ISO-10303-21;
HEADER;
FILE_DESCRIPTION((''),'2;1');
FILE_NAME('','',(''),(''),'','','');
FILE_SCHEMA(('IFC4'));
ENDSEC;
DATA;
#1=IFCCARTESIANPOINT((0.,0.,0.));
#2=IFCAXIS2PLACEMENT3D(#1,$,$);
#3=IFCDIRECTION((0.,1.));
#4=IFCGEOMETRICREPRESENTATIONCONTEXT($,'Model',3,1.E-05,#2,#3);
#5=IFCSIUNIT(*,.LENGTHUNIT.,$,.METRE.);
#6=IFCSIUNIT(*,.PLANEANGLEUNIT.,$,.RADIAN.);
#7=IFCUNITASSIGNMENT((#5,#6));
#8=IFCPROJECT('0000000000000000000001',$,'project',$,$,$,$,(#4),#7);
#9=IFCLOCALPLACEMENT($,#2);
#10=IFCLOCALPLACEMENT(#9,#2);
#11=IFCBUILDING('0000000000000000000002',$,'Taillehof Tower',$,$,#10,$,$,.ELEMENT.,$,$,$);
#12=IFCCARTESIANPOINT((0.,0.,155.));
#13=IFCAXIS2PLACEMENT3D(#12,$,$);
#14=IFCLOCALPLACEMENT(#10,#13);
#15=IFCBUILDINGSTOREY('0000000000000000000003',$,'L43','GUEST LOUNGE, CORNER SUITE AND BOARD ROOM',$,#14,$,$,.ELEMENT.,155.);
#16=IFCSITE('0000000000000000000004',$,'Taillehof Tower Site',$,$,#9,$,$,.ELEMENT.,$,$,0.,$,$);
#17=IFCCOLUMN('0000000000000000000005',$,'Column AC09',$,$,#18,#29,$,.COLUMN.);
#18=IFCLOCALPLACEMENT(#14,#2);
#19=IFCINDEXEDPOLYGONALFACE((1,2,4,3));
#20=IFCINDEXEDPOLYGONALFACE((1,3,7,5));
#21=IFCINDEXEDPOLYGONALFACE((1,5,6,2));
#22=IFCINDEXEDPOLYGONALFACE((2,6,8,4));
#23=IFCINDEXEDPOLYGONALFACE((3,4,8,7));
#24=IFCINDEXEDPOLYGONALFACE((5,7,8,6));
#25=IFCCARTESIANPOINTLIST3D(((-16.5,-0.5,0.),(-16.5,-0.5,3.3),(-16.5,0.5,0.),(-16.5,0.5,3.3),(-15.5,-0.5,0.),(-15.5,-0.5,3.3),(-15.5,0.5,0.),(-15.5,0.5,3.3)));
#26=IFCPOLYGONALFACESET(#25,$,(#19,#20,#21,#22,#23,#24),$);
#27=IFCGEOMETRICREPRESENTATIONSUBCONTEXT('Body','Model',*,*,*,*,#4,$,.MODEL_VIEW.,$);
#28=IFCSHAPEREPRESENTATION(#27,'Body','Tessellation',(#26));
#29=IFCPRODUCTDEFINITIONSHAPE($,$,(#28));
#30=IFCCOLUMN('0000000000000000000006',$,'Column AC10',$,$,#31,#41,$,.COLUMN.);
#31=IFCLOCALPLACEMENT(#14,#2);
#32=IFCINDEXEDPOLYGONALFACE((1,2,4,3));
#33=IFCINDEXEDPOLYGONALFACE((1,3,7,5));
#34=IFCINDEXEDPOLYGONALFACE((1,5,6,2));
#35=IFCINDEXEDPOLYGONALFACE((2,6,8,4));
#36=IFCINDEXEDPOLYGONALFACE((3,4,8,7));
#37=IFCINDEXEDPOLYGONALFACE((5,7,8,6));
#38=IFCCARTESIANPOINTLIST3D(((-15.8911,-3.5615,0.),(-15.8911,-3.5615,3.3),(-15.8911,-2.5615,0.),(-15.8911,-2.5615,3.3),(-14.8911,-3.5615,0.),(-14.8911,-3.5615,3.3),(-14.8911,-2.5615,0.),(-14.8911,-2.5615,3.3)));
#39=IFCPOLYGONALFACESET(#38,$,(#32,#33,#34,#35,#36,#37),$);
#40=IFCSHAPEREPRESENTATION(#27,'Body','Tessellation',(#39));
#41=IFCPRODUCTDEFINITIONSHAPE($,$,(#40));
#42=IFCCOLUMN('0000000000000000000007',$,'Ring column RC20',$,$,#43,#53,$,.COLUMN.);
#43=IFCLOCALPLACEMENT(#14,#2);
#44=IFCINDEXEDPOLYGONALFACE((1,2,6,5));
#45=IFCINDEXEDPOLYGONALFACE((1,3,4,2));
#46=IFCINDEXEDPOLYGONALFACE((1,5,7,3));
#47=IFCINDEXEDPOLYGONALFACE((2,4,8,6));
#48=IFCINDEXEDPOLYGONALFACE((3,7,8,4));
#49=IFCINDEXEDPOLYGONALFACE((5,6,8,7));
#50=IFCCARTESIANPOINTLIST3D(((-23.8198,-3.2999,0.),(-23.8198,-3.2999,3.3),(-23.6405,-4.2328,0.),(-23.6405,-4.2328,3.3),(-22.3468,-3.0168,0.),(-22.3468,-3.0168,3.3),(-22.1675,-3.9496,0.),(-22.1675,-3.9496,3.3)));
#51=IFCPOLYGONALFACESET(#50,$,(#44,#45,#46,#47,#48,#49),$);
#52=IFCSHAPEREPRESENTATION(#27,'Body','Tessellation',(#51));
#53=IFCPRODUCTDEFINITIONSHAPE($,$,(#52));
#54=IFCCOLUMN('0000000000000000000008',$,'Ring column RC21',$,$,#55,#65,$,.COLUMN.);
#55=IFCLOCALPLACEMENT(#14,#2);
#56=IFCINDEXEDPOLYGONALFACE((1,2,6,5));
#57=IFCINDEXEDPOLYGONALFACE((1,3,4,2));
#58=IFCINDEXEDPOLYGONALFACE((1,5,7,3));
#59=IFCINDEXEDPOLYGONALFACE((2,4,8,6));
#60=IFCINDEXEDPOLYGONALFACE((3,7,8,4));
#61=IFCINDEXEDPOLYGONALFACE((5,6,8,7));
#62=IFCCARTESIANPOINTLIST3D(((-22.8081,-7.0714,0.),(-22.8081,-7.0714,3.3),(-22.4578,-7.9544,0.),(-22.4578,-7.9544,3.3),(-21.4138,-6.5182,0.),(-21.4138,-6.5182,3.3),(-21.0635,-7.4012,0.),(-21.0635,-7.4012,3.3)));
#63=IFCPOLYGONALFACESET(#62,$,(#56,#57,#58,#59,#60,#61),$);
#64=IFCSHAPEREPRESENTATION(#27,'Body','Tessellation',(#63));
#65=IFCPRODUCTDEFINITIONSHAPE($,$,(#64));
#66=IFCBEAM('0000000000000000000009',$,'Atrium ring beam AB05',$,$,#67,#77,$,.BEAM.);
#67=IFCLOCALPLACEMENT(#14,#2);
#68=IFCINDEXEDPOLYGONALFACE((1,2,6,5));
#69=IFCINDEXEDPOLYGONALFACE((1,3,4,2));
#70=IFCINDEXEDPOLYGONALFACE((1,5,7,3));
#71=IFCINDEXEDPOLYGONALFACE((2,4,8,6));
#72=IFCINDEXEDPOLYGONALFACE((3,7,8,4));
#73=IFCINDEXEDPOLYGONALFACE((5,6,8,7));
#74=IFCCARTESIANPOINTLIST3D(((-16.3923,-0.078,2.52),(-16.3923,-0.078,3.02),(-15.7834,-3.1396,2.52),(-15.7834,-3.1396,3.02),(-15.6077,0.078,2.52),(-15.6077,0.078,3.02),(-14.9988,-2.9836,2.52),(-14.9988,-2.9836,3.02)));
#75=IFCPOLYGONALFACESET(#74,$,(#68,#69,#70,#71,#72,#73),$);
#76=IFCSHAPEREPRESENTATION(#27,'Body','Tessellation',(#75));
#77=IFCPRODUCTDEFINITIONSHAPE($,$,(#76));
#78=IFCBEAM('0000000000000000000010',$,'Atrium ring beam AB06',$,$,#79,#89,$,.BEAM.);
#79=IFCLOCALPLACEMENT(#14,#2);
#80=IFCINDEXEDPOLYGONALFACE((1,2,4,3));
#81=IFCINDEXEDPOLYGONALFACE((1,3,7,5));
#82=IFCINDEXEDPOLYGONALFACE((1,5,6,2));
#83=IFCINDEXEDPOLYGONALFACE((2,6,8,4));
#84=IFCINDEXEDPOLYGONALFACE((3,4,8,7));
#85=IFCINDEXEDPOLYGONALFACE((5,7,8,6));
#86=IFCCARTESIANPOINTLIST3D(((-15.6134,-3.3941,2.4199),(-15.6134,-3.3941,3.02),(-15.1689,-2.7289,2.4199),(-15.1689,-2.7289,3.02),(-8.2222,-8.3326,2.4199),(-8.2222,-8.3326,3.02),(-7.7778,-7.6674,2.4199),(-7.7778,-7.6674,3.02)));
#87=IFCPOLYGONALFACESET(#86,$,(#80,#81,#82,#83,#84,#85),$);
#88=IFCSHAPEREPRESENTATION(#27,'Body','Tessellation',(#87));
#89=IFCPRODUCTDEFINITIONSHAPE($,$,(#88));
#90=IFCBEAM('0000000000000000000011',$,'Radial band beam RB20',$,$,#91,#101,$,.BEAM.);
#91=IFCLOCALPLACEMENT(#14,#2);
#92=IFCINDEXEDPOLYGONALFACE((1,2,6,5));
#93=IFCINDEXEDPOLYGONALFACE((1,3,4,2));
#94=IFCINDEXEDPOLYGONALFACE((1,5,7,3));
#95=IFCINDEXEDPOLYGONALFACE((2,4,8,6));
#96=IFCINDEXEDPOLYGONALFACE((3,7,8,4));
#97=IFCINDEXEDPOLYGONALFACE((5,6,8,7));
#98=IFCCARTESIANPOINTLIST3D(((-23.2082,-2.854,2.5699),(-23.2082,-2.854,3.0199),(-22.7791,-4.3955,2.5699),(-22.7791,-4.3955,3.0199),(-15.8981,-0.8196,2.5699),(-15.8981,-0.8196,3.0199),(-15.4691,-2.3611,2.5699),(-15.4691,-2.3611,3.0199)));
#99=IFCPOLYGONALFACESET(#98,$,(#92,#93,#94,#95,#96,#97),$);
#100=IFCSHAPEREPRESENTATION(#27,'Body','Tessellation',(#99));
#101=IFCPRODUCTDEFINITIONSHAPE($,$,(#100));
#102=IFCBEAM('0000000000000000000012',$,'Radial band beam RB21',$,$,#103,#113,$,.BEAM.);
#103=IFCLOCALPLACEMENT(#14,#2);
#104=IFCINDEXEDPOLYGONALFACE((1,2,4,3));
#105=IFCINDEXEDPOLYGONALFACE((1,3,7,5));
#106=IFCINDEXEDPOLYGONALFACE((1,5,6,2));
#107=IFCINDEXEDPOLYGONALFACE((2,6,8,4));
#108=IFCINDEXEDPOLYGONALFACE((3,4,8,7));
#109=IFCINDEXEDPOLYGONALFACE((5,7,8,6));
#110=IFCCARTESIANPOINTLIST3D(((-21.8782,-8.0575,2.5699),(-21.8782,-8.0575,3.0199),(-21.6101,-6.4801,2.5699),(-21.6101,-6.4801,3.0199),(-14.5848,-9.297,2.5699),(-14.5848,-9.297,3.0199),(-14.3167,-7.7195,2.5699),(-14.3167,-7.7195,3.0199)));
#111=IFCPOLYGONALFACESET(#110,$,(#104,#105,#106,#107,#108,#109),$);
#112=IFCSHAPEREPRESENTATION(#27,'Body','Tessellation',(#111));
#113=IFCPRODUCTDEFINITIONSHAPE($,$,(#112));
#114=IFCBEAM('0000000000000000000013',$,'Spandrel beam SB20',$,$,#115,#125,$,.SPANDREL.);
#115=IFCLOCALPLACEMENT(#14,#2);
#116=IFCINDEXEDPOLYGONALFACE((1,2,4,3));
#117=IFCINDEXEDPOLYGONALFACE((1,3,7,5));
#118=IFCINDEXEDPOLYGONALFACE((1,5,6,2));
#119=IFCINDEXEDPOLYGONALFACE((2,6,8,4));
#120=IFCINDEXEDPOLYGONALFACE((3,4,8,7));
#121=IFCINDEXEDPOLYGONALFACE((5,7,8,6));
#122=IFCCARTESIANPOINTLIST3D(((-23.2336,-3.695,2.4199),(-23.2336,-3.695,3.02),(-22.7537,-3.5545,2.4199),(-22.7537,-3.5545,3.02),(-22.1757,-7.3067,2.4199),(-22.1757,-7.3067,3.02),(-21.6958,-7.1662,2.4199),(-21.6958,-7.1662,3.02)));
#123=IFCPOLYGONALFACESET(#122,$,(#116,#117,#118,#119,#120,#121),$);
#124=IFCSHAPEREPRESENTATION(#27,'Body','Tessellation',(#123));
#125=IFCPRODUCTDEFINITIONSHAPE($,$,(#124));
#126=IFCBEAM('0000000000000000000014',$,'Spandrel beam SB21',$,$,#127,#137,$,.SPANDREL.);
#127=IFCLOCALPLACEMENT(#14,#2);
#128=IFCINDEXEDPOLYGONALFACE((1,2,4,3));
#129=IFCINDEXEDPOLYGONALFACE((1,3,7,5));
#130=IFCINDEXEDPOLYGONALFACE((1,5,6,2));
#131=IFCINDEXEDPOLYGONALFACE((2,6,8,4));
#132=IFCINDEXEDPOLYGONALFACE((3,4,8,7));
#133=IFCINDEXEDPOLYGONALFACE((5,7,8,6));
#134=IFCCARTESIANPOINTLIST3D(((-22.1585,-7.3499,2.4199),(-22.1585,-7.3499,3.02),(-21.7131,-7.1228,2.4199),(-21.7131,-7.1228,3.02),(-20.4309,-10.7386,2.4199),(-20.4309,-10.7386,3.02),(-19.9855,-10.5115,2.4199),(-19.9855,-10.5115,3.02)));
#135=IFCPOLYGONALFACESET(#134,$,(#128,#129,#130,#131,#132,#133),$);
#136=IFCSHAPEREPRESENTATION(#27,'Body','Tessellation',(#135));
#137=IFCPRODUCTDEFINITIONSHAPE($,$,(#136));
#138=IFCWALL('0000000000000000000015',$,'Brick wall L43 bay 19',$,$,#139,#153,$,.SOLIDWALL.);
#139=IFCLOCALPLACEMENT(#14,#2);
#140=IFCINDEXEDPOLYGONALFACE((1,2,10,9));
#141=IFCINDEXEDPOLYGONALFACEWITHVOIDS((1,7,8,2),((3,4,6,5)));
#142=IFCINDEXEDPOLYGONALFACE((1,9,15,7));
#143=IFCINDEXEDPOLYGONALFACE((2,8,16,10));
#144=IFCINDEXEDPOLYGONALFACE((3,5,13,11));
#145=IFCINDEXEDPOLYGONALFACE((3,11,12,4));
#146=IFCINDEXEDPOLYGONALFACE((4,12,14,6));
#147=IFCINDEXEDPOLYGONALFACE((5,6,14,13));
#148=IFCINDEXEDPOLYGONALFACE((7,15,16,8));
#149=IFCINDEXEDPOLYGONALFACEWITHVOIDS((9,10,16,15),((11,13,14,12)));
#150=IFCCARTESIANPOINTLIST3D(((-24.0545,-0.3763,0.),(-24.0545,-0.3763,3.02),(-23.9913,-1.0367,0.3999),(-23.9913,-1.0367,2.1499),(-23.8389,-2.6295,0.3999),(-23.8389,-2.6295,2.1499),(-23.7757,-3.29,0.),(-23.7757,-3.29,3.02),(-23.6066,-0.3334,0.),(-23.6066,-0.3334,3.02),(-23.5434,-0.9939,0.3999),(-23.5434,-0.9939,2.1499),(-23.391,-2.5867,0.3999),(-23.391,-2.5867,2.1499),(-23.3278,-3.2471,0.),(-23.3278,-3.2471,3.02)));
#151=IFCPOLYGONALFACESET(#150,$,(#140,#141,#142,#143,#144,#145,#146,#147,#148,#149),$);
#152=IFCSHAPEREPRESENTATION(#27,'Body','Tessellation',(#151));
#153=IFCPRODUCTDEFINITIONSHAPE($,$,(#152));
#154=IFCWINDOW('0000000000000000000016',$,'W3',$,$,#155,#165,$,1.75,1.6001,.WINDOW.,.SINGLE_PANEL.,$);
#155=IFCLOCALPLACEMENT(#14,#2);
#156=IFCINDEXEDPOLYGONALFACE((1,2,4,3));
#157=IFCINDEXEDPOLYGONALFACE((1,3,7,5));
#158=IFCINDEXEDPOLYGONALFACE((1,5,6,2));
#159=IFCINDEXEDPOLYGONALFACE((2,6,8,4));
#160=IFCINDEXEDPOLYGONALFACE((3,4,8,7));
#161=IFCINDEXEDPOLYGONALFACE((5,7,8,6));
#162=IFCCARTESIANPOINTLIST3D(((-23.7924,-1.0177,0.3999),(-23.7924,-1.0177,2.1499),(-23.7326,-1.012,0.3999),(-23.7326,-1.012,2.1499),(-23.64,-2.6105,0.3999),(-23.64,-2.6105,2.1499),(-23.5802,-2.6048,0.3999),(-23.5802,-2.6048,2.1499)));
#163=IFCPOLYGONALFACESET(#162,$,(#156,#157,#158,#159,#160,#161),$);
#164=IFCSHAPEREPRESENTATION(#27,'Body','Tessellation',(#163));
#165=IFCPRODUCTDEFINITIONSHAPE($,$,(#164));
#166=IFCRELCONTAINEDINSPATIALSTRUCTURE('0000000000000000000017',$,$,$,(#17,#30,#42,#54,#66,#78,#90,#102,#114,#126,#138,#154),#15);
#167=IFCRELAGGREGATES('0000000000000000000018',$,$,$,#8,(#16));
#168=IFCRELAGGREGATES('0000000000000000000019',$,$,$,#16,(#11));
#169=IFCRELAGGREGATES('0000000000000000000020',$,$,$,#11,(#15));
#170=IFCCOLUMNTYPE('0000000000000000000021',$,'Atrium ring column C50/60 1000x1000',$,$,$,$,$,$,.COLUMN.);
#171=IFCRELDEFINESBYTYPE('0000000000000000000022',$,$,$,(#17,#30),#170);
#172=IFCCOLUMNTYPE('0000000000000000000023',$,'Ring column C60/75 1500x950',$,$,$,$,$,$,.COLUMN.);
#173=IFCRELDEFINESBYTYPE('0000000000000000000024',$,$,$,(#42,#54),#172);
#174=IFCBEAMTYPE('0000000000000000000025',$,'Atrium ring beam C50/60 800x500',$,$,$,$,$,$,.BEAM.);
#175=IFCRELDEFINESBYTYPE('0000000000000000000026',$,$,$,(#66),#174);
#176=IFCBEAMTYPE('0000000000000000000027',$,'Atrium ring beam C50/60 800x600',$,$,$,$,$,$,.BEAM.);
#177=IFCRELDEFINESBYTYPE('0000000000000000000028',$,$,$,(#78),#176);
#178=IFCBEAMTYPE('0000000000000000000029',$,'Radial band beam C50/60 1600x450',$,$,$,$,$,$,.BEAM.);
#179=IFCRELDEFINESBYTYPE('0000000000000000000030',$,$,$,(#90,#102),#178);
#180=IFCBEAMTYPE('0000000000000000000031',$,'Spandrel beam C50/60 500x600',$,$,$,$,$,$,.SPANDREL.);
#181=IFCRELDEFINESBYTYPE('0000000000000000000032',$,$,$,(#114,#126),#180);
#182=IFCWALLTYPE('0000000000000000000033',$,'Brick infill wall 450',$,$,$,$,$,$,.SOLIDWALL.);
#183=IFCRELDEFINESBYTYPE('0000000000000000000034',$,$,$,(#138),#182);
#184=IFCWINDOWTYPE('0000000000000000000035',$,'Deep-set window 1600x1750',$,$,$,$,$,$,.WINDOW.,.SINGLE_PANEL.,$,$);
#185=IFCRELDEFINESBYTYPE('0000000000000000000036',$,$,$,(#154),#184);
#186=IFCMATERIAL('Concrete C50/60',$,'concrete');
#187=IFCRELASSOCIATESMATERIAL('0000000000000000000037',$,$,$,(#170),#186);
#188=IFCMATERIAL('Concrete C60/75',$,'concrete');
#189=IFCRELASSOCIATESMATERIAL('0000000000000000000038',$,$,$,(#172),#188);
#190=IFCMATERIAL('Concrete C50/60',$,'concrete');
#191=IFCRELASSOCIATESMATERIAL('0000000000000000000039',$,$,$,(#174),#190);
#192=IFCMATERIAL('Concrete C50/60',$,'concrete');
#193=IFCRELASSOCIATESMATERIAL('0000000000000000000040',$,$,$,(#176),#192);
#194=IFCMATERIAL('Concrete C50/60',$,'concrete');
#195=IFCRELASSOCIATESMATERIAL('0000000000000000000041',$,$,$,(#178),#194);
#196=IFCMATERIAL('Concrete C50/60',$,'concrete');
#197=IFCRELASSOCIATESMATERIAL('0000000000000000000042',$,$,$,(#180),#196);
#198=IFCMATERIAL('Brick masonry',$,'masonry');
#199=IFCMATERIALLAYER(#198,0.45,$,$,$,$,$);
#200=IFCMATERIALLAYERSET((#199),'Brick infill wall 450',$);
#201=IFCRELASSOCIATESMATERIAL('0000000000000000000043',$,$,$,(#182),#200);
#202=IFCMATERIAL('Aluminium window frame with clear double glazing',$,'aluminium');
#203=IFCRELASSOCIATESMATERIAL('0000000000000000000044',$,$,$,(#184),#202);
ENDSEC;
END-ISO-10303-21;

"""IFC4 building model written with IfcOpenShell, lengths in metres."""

from ifc_helpers import new_model, si_unit, direction, frame, frame_2d, origin, origin_2d, place, context, subcontext, project, spatial, rectangle, extrude, material, layer, layer_set, material_profile, profile_set, type_object, element, fill, save


model = new_model("IFC4")

# Units and contexts
model_context = context("Model", 3, precision=1e-05, world=origin(), true_north=direction((0.0, 1.0)))
body_context = subcontext(model_context, "Body", "Model", "MODEL_VIEW")
ifc_project = project(units=[si_unit("LENGTHUNIT", "METRE"), si_unit("PLANEANGLEUNIT", "RADIAN")], contexts=[model_context])

# Site, building, storey
site_placement = place(None, origin())
site = spatial("IfcSite", under=ifc_project, at=site_placement, Name="Taillehof Tower Site", CompositionType="ELEMENT", RefElevation=0.0)
building_placement = place(site_placement, origin())
building = spatial("IfcBuilding", under=site, at=building_placement, Name="Taillehof Tower", CompositionType="ELEMENT")
storey_placement = place(building_placement, frame((0.0, 0.0, 155.0)))
storey = spatial("IfcBuildingStorey", under=building, at=storey_placement, Name="L43", Description="GUEST LOUNGE, CORNER SUITE AND BOARD ROOM", CompositionType="ELEMENT", Elevation=155.0)

# Columns
ifc_material_1 = material(Name="Concrete C50/60", Category="concrete")
ifc_material_profile_1 = material_profile(ifc_material_1, rectangle(XDim=1.0, YDim=1.0, at=origin_2d()), Name="RC 1000x1000")
ifc_profile_set_1 = profile_set([ifc_material_profile_1], Name="Concrete C50/60")
column_type_1 = type_object("IfcColumnType", Name="Atrium ring column C50/60 1000x1000", PredefinedType="COLUMN", material=ifc_profile_set_1)
for number, where, z_axis, x_axis, name in (
    (1, (-16.0, 0.0, 0.0), (0.0, 0.0, 1.0), (1.0, 0.0, 0.0), "Column AC09"),
    (2, (-15.3911, -3.0615, 0.0), (0.0, 0.0, 1.0), (1.0, 0.0, 0.0), "Column AC10"),
):
    element("IfcColumn", number, at=place(storey_placement, frame(where, z_axis=z_axis, x_axis=x_axis)), inside=storey, type_object=column_type_1, Name=name, PredefinedType="COLUMN", context=body_context, shape_type="SweptSolid", body=[
        extrude(rectangle(XDim=1.0, YDim=1.0, at=origin_2d()), origin(), (0.0, 0.0, 1.0), 3.3),
    ])
ifc_material_2 = material(Name="Concrete C60/75", Category="concrete")
ifc_material_profile_2 = material_profile(ifc_material_2, rectangle(XDim=1.5, YDim=0.95, at=origin_2d()), Name="RC 1500x950")
ifc_profile_set_2 = profile_set([ifc_material_profile_2], Name="Concrete C60/75")
column_type_2 = type_object("IfcColumnType", Name="Ring column C60/75 1500x950", PredefinedType="COLUMN", material=ifc_profile_set_2)
for number, where, z_axis, x_axis, name in (
    (3, (-22.9937, -3.6248, 0.0), (0.0, 0.0, 1.0), (-0.982024, -0.188757, 0.0), "Ring column RC20"),
    (4, (-21.9358, -7.2363, 0.0), (0.0, 0.0, 1.0), (-0.929511, -0.368793, 0.0), "Ring column RC21"),
):
    element("IfcColumn", number, at=place(storey_placement, frame(where, z_axis=z_axis, x_axis=x_axis)), inside=storey, type_object=column_type_2, Name=name, PredefinedType="COLUMN", context=body_context, shape_type="SweptSolid", body=[
        extrude(rectangle(XDim=1.5, YDim=0.95, at=origin_2d()), origin(), (0.0, 0.0, 1.0), 3.3),
    ])

# Beams
ifc_material_3 = material(Name="Concrete C50/60", Category="concrete")
ifc_material_profile_3 = material_profile(ifc_material_3, rectangle(XDim=0.8, YDim=0.5, at=origin_2d()), Name="RC 800x500")
ifc_profile_set_3 = profile_set([ifc_material_profile_3], Name="Concrete C50/60")
beam_type_1 = type_object("IfcBeamType", Name="Atrium ring beam C50/60 800x500", PredefinedType="BEAM", material=ifc_profile_set_3)
beam_1_placement = place(storey_placement, frame((-16.0, 0.0, 2.77), z_axis=(0.195063, -0.980791, 0.0), x_axis=(0.980791, 0.195063, 0.0)))
element("IfcBeam", 5, at=beam_1_placement, inside=storey, type_object=beam_type_1, Name="Atrium ring beam AB05", PredefinedType="BEAM", context=body_context, shape_type="SweptSolid", body=[
    extrude(rectangle(XDim=0.8, YDim=0.5, at=origin_2d()), origin(), (0.0, 0.0, 1.0), 3.1216),
])
ifc_material_4 = material(Name="Concrete C50/60", Category="concrete")
ifc_material_profile_4 = material_profile(ifc_material_4, rectangle(XDim=0.8, YDim=0.6001, at=origin_2d()), Name="RC 800x600")
ifc_profile_set_4 = profile_set([ifc_material_profile_4], Name="Concrete C50/60")
beam_type_2 = type_object("IfcBeamType", Name="Atrium ring beam C50/60 800x600", PredefinedType="BEAM", material=ifc_profile_set_4)
beam_2_placement = place(storey_placement, frame((-15.3911, -3.0615, 2.72), z_axis=(0.831475, -0.555562, 0.0), x_axis=(0.555562, 0.831475, 0.0)))
element("IfcBeam", 6, at=beam_2_placement, inside=storey, type_object=beam_type_2, Name="Atrium ring beam AB06", PredefinedType="BEAM", context=body_context, shape_type="SweptSolid", body=[
    extrude(rectangle(XDim=0.8, YDim=0.6001, at=origin_2d()), origin(), (0.0, 0.0, 1.0), 8.8892),
])
ifc_material_5 = material(Name="Concrete C50/60", Category="concrete")
ifc_material_profile_5 = material_profile(ifc_material_5, rectangle(XDim=1.6001, YDim=0.45, at=origin_2d()), Name="RC 1600x450")
ifc_profile_set_5 = profile_set([ifc_material_profile_5], Name="Concrete C50/60")
beam_type_3 = type_object("IfcBeamType", Name="Radial band beam C50/60 1600x450", PredefinedType="BEAM", material=ifc_profile_set_5)
beam_3_placement = place(storey_placement, frame((-22.9937, -3.6248, 2.7949), z_axis=(0.963387, 0.268115, 0.0), x_axis=(-0.268115, 0.963387, 0.0)))
element("IfcBeam", 7, at=beam_3_placement, inside=storey, type_object=beam_type_3, Name="Radial band beam RB20", PredefinedType="BEAM", context=body_context, shape_type="SweptSolid", body=[
    extrude(rectangle(XDim=1.6001, YDim=0.45, at=origin_2d()), origin(), (0.0, 0.0, 1.0), 7.5879),
])
beam_4_placement = place(storey_placement, frame((-21.7441, -7.2688, 2.7949), z_axis=(0.985864, -0.167545, 0.0), x_axis=(0.167545, 0.985864, 0.0)))
element("IfcBeam", 8, at=beam_4_placement, inside=storey, type_object=beam_type_3, Name="Radial band beam RB21", PredefinedType="BEAM", context=body_context, shape_type="SweptSolid", body=[
    extrude(rectangle(XDim=1.6001, YDim=0.45, at=origin_2d()), origin(), (0.0, 0.0, 1.0), 7.3979),
])
ifc_material_6 = material(Name="Concrete C50/60", Category="concrete")
ifc_material_profile_6 = material_profile(ifc_material_6, rectangle(XDim=0.5, YDim=0.6001, at=origin_2d()), Name="RC 500x600")
ifc_profile_set_6 = profile_set([ifc_material_profile_6], Name="Concrete C50/60")
beam_type_4 = type_object("IfcBeamType", Name="Spandrel beam C50/60 500x600", PredefinedType="SPANDREL", material=ifc_profile_set_6)
beam_5_placement = place(storey_placement, frame((-22.9937, -3.6248, 2.72), z_axis=(0.281098, -0.959679, 0.0), x_axis=(0.959679, 0.281098, 0.0)))
element("IfcBeam", 9, at=beam_5_placement, inside=storey, type_object=beam_type_4, Name="Spandrel beam SB20", PredefinedType="SPANDREL", context=body_context, shape_type="SweptSolid", body=[
    extrude(rectangle(XDim=0.5, YDim=0.6001, at=origin_2d()), origin(), (0.0, 0.0, 1.0), 3.7634),
])
beam_6_placement = place(storey_placement, frame((-21.9358, -7.2363, 2.72), z_axis=(0.454183, -0.890908, 0.0), x_axis=(0.890908, 0.454183, 0.0)))
element("IfcBeam", 10, at=beam_6_placement, inside=storey, type_object=beam_type_4, Name="Spandrel beam SB21", PredefinedType="SPANDREL", context=body_context, shape_type="SweptSolid", body=[
    extrude(rectangle(XDim=0.5, YDim=0.6001, at=origin_2d()), origin(), (0.0, 0.0, 1.0), 3.8037),
])

# Wall, opening, window
ifc_material_7 = material(Name="Brick masonry", Category="masonry")
ifc_layer_1 = layer(ifc_material_7, 0.45)
ifc_layer_set_1 = layer_set([ifc_layer_1], Name="Brick infill wall 450")
wall_type_1 = type_object("IfcWallType", Name="Brick infill wall 450", PredefinedType="SOLIDWALL", material=ifc_layer_set_1)
wall_1_placement = place(storey_placement, frame((-23.8306, -0.355, 0.0), z_axis=(0.0, 0.0, 1.0), x_axis=(0.095258, -0.995453, 0.0)))
wall_1 = element("IfcWall", 11, at=wall_1_placement, inside=storey, type_object=wall_type_1, Name="Brick wall L43 bay 19", PredefinedType="SOLIDWALL", context=body_context, shape_type="SweptSolid", body=[
    extrude(rectangle(XDim=2.927, YDim=0.45, at=frame_2d((1.4634, 0.0))), origin(), (0.0, 0.0, 1.0), 3.02),
])
opening_1_placement = place(wall_1_placement, frame((0.6633, 0.0, 0.3999)))
opening_1 = element("IfcOpeningElement", 12, at=opening_1_placement, cuts=wall_1, PredefinedType="OPENING", context=body_context, shape_type="SweptSolid", body=[
    extrude(rectangle(XDim=1.6001, YDim=1.75, at=frame_2d((0.8, 0.875))), frame((0.0, 0.2349, 0.0), z_axis=(0.0, -1.0, 0.0), x_axis=(1.0, 0.0, 0.0)), (0.0, 0.0, 1.0), 0.47),
])
ifc_material_8 = material(Name="Aluminium window frame with clear double glazing", Category="aluminium")
window_type = type_object("IfcWindowType", Name="Deep-set window 1600x1750", PartitioningType="SINGLE_PANEL", PredefinedType="WINDOW", material=ifc_material_8)
window_1_placement = place(opening_1_placement, origin())
window_1 = element("IfcWindow", 13, at=window_1_placement, inside=storey, type_object=window_type, Name="W3", OverallHeight=1.75, OverallWidth=1.6001, PartitioningType="SINGLE_PANEL", PredefinedType="WINDOW", context=body_context, shape_type="SweptSolid", body=[
    extrude(rectangle(XDim=1.6001, YDim=1.75, at=frame_2d((0.8, 0.875))), frame((0.0, 0.0349, 0.0), z_axis=(0.0, -1.0, 0.0), x_axis=(1.0, 0.0, 0.0)), (0.0, 0.0, 1.0), 0.0601),
])
fill(opening_1, window_1)

save(model, "model.ifc")
